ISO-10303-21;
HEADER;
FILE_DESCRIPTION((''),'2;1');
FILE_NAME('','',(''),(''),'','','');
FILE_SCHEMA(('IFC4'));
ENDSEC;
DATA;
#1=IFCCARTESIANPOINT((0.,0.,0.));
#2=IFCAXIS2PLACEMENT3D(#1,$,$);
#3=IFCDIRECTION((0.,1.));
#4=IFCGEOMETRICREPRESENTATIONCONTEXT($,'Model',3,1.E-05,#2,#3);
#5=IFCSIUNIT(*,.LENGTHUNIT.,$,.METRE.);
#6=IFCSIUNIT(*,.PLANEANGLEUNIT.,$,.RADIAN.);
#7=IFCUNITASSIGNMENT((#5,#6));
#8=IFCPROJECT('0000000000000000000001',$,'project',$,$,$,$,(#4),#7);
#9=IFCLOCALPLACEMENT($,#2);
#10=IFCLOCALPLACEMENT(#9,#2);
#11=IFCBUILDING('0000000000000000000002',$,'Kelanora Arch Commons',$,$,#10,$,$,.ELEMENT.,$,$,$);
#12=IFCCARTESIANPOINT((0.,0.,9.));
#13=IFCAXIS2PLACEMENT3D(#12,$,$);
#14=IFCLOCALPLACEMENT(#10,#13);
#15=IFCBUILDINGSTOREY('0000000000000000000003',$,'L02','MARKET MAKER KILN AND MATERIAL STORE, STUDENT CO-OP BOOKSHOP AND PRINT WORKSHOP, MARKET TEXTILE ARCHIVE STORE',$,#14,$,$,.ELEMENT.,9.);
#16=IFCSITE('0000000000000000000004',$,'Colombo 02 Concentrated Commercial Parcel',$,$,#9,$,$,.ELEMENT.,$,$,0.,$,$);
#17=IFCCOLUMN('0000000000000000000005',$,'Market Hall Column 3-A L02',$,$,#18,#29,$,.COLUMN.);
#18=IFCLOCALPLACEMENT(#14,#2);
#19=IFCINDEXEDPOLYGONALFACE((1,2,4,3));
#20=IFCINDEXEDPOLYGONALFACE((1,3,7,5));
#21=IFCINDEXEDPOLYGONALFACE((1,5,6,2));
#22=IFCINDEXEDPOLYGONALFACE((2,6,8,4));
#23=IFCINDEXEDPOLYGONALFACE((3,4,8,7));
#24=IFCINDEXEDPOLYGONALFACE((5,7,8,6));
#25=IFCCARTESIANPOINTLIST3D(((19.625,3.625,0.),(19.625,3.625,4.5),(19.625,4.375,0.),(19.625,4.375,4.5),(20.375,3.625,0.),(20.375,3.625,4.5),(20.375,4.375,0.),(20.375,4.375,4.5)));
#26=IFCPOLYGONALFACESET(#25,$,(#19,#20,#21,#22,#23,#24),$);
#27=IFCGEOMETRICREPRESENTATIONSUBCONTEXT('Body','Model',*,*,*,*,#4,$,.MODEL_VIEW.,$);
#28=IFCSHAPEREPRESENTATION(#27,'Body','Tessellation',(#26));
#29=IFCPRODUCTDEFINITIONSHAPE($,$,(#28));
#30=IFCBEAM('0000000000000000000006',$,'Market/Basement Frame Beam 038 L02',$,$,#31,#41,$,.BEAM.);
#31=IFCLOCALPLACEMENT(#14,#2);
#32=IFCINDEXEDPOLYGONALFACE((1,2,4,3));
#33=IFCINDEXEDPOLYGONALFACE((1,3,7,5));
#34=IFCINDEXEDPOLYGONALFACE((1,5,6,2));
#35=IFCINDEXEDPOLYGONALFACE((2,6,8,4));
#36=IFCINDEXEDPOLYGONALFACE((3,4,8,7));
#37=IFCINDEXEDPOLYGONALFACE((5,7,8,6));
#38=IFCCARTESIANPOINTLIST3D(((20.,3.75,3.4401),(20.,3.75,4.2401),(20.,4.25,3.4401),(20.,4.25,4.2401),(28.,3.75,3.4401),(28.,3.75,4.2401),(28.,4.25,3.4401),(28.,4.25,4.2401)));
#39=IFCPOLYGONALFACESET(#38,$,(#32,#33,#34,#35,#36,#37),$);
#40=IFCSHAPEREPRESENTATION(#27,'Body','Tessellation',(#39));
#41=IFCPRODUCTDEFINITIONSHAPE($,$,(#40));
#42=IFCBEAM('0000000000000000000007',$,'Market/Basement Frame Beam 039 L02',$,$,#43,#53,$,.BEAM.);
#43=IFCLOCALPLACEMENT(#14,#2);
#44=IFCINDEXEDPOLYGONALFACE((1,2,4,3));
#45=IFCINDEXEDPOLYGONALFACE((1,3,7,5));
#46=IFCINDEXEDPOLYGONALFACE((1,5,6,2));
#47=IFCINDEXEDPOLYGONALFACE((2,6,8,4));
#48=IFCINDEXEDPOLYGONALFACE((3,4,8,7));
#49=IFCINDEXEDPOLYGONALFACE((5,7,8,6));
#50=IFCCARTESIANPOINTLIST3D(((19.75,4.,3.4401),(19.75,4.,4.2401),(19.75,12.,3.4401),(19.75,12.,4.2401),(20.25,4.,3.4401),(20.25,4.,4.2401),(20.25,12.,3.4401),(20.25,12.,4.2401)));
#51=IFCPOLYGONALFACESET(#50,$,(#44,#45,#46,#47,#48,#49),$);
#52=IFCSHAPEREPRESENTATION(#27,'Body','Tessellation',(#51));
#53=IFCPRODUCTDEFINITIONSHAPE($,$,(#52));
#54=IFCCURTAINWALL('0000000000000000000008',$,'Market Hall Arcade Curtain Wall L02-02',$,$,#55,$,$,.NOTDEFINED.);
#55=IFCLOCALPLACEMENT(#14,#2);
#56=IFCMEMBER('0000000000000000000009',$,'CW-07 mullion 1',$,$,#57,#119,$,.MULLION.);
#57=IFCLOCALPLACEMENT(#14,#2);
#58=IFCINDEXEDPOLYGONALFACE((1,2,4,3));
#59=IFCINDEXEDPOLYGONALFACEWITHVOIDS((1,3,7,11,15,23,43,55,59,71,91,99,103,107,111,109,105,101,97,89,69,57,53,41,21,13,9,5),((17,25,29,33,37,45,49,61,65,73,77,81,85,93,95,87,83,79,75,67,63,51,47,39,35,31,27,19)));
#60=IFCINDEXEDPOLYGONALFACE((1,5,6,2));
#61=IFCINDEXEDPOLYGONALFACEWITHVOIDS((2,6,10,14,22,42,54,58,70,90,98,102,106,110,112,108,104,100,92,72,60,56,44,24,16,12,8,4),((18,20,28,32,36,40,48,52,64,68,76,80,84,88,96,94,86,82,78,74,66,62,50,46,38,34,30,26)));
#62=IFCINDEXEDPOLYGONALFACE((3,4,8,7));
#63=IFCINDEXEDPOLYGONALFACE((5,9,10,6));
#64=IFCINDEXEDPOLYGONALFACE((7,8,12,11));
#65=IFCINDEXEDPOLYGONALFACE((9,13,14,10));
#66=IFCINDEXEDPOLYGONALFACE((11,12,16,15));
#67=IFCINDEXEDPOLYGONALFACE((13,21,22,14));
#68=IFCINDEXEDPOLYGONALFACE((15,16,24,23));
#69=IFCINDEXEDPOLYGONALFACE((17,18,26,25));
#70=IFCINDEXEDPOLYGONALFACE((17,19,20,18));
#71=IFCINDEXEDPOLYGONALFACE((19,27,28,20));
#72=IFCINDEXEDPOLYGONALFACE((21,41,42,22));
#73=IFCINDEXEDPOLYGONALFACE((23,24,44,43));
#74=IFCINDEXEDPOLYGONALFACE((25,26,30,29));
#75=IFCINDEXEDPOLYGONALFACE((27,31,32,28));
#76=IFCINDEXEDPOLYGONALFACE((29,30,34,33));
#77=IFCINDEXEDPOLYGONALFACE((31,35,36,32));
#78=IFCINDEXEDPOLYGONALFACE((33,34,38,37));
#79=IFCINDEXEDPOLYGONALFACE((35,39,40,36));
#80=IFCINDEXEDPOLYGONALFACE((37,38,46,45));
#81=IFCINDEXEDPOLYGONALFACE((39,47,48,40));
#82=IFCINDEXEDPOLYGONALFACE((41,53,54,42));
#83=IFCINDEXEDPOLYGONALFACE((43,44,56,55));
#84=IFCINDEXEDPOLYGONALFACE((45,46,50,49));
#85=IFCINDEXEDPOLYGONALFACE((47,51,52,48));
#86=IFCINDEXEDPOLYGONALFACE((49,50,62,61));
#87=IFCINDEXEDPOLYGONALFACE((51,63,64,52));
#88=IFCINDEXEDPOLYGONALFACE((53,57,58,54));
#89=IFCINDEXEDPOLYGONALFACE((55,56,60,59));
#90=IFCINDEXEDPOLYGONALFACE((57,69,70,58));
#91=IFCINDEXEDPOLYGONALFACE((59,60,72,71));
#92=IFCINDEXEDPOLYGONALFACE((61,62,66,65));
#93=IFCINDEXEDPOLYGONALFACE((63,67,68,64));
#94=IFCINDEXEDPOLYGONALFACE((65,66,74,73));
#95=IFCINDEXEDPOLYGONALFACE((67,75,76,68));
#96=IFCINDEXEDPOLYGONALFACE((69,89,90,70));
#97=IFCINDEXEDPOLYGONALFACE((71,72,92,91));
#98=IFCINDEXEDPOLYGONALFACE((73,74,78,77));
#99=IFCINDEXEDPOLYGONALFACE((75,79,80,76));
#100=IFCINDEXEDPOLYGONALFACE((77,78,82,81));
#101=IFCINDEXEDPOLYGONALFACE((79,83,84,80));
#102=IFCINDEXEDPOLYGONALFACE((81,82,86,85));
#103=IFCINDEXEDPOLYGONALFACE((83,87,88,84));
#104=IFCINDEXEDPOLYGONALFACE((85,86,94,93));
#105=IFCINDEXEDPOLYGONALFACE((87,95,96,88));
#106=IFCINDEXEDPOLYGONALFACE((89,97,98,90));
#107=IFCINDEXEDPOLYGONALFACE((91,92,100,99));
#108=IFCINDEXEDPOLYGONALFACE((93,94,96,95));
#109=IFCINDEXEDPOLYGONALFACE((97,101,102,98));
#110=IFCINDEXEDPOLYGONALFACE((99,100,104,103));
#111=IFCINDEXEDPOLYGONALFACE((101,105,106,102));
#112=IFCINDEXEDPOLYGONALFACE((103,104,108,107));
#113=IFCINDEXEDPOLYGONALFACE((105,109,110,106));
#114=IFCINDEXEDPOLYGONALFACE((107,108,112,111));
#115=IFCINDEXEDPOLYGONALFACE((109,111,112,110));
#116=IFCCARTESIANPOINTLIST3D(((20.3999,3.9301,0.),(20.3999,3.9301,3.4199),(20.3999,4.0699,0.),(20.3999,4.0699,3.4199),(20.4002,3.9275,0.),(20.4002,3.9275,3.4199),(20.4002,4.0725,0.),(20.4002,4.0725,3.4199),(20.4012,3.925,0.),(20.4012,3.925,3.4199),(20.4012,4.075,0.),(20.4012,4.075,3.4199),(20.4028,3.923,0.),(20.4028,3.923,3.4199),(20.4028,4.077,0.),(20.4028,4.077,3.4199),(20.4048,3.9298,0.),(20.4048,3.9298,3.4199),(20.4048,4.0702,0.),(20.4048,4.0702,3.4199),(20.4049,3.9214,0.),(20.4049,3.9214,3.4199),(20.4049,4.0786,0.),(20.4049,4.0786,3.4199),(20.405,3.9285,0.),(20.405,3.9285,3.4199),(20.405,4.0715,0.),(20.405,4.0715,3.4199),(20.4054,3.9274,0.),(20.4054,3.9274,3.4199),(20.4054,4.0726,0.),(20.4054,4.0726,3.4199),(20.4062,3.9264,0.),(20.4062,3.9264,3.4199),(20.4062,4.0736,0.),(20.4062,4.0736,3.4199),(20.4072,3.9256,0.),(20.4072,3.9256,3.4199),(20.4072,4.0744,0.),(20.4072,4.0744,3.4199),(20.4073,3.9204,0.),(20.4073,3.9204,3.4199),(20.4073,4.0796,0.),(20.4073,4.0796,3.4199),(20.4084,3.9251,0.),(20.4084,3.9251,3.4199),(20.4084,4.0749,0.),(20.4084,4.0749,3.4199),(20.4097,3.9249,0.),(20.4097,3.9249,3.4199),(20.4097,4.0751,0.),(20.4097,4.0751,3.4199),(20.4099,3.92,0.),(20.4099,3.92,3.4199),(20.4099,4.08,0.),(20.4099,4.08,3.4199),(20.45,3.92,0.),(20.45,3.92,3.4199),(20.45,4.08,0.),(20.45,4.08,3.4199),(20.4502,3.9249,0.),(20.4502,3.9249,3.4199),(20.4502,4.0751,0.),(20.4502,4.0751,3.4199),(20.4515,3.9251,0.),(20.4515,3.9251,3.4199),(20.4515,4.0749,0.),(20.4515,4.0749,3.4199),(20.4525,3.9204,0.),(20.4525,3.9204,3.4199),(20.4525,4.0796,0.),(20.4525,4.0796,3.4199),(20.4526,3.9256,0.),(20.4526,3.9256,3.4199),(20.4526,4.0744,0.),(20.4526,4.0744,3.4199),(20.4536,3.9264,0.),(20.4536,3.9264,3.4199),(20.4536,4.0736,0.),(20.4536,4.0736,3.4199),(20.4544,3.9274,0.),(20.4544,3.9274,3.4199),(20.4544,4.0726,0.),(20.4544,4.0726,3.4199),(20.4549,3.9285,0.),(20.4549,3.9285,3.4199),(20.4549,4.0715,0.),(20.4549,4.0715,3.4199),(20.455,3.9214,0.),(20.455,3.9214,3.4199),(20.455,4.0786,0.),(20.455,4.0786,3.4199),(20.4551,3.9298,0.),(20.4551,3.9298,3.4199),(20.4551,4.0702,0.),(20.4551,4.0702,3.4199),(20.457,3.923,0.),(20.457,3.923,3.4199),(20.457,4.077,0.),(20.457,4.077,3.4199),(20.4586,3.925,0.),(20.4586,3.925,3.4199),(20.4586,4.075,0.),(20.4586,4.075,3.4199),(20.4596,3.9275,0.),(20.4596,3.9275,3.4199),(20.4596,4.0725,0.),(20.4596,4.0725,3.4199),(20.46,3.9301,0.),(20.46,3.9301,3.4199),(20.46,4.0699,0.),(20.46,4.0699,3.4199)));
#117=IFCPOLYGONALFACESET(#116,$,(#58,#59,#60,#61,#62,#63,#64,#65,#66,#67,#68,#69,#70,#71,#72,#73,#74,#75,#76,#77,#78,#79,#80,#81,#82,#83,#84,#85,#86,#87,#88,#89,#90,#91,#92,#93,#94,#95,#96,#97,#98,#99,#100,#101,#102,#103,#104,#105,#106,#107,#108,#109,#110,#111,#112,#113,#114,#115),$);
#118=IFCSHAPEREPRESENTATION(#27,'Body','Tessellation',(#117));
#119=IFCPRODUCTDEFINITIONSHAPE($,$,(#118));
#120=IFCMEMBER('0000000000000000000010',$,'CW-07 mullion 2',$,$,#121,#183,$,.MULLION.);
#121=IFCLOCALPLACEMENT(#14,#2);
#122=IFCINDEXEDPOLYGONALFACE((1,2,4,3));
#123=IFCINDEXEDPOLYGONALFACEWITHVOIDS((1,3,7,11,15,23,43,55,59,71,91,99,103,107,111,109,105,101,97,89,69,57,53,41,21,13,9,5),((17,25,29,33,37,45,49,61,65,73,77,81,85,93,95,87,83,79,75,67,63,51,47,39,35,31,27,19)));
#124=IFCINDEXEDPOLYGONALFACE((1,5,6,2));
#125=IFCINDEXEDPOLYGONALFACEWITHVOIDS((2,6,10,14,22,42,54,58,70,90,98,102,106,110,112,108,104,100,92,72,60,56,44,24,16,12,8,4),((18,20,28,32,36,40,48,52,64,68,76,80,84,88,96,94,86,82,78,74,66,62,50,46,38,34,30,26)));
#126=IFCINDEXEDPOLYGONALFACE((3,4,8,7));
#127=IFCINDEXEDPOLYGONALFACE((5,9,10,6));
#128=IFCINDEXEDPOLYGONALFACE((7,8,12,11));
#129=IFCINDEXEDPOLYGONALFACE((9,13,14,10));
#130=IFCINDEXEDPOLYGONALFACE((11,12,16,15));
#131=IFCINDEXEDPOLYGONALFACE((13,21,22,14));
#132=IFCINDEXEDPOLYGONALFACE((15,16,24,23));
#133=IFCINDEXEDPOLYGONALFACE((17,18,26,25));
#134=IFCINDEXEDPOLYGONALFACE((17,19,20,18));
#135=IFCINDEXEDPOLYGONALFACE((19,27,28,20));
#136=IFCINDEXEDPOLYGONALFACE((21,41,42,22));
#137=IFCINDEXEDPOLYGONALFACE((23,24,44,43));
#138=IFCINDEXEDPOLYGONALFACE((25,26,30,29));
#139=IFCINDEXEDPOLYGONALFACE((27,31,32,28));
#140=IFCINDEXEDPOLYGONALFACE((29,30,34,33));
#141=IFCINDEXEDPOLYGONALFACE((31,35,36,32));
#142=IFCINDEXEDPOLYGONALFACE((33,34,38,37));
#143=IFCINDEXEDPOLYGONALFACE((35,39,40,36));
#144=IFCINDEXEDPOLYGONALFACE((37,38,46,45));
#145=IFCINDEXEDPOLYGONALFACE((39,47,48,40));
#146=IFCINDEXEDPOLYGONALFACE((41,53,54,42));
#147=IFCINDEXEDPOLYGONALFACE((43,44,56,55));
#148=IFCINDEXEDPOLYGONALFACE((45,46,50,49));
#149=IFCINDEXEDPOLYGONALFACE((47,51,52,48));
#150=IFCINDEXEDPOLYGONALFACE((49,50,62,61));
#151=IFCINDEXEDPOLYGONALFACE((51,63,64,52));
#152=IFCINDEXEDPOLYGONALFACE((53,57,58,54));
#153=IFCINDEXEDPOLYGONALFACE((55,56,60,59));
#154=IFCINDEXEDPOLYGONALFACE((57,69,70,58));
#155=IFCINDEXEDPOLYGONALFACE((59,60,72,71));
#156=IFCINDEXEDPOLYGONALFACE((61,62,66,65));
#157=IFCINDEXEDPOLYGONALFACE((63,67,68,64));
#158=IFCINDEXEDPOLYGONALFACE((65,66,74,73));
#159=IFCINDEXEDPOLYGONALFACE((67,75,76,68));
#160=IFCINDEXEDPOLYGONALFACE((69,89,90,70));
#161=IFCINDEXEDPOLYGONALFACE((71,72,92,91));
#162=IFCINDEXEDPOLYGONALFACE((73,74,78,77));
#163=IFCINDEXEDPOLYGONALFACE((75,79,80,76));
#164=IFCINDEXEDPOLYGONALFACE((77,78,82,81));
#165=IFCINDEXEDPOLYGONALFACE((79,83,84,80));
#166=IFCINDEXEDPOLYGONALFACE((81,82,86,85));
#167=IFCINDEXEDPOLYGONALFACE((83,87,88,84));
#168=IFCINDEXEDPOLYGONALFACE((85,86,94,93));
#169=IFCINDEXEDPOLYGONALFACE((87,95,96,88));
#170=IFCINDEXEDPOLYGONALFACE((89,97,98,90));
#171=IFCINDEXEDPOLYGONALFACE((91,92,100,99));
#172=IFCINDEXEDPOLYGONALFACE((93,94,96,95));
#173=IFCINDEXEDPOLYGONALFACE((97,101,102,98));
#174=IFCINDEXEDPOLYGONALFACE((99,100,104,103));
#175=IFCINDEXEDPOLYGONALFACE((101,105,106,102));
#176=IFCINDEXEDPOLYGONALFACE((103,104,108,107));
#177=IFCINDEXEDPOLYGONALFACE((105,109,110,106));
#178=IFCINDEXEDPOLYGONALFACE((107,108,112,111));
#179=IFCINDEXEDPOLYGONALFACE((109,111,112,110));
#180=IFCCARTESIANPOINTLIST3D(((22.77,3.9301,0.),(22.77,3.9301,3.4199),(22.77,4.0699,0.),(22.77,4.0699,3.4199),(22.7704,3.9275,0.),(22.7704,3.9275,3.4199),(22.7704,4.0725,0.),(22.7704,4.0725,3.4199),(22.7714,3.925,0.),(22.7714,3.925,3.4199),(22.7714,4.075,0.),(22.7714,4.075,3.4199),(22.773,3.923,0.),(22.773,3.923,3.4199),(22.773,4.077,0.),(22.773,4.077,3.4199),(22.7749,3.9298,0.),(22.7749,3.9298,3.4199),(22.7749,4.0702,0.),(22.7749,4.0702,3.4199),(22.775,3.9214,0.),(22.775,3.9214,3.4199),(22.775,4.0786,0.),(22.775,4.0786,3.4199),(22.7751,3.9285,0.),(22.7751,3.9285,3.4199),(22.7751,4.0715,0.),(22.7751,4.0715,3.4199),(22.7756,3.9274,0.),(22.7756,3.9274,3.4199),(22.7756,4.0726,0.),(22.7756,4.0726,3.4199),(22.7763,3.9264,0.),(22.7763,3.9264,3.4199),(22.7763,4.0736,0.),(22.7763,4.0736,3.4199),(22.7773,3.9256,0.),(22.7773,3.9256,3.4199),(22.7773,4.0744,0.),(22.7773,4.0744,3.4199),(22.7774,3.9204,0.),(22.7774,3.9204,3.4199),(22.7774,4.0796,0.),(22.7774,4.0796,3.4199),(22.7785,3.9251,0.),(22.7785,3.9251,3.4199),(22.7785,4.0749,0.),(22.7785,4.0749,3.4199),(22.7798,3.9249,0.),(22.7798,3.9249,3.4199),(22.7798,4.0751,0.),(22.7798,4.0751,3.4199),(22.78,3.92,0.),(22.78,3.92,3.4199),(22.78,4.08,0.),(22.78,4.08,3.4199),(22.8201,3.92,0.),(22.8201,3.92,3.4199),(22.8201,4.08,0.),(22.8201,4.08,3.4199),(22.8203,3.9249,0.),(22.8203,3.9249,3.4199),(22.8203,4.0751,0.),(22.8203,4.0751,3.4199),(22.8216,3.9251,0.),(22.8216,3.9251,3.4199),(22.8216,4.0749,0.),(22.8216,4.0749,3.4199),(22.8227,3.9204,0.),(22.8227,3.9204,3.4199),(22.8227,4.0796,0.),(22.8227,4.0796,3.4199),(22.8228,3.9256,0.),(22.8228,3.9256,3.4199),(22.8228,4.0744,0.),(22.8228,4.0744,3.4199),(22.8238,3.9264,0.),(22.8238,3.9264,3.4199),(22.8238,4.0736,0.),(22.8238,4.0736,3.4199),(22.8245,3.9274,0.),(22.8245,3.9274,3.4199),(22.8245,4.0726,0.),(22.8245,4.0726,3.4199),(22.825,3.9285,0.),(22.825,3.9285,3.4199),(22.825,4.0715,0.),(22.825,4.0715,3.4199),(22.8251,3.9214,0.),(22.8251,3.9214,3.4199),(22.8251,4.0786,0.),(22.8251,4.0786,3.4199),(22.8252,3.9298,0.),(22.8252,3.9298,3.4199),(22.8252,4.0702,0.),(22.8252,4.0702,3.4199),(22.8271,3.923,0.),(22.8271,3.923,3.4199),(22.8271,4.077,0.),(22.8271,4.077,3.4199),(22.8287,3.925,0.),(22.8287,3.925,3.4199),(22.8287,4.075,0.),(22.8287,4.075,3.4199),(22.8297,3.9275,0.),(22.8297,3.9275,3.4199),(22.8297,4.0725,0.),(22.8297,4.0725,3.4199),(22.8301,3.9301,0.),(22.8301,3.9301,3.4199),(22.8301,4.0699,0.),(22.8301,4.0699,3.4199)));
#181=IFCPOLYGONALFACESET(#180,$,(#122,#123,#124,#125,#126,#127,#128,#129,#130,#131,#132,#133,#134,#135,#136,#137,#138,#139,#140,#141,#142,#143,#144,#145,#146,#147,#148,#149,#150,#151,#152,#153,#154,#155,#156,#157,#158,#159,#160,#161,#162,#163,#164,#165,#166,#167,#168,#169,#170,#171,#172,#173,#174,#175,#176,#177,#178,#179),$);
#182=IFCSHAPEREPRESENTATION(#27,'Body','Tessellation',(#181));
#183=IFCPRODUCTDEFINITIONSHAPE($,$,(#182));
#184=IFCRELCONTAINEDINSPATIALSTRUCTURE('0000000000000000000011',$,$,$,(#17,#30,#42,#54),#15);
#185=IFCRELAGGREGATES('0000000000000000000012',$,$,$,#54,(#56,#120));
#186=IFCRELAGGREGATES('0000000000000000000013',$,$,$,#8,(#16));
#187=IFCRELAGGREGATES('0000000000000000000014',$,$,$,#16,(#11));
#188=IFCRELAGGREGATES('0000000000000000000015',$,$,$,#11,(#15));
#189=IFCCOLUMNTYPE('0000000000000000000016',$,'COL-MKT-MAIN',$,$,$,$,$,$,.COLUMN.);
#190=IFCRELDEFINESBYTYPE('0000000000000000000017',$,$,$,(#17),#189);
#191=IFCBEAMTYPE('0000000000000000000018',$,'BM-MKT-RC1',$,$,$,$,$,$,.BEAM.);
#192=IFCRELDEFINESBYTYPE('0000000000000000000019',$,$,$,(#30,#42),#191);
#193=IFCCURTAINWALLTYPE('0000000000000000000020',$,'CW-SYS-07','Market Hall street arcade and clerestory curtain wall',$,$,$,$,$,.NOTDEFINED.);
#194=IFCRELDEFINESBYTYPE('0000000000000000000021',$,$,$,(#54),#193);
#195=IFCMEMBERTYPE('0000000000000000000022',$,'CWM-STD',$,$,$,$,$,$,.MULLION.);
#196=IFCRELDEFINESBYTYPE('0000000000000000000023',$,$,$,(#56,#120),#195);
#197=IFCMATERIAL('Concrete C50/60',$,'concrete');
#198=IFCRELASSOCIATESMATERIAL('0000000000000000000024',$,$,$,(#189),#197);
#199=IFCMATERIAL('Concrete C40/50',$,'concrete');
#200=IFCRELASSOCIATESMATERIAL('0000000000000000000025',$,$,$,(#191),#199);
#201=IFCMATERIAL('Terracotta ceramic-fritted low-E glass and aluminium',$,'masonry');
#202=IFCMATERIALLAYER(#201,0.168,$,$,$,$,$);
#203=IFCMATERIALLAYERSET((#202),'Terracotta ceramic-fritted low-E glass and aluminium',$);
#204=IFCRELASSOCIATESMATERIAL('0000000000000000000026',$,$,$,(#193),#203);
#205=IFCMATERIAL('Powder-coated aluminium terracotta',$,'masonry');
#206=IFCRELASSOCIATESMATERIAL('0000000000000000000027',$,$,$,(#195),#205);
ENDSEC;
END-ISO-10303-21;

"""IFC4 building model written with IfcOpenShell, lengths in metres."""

from ifc_helpers import new_model, si_unit, direction, frame, origin, origin_2d, place, context, subcontext, project, spatial, rectangle, hollow_rectangle, extrude, material, layer, layer_set, material_profile, profile_set, type_object, element, aggregate, save


model = new_model("IFC4")

# Units and contexts
model_context = context("Model", 3, precision=1e-05, world=origin(), true_north=direction((0.0, 1.0)))
body_context = subcontext(model_context, "Body", "Model", "MODEL_VIEW")
ifc_project = project(units=[si_unit("LENGTHUNIT", "METRE"), si_unit("PLANEANGLEUNIT", "RADIAN")], contexts=[model_context])

# Site, building, storey
site_placement = place(None, origin())
site = spatial("IfcSite", under=ifc_project, at=site_placement, Name="Colombo 02 Concentrated Commercial Parcel", CompositionType="ELEMENT", RefElevation=0.0)
building_placement = place(site_placement, origin())
building = spatial("IfcBuilding", under=site, at=building_placement, Name="Kelanora Arch Commons", CompositionType="ELEMENT")
storey_placement = place(building_placement, frame((0.0, 0.0, 9.0)))
storey = spatial("IfcBuildingStorey", under=building, at=storey_placement, Name="L02", Description="MARKET MAKER KILN AND MATERIAL STORE, STUDENT CO-OP BOOKSHOP AND PRINT WORKSHOP, MARKET TEXTILE ARCHIVE STORE", CompositionType="ELEMENT", Elevation=9.0)

# Column
ifc_material_1 = material(Name="Concrete C50/60", Category="concrete")
ifc_material_profile_1 = material_profile(ifc_material_1, rectangle(XDim=0.75, YDim=0.75, at=origin_2d()), Name="RC750x750")
ifc_profile_set_1 = profile_set([ifc_material_profile_1], Name="Concrete C50/60")
column_type = type_object("IfcColumnType", Name="COL-MKT-MAIN", PredefinedType="COLUMN", material=ifc_profile_set_1)
column_placement = place(storey_placement, frame((20.0, 4.0, 0.0), z_axis=(0.0, 0.0, 1.0), x_axis=(1.0, 0.0, 0.0)))
element("IfcColumn", 1, at=column_placement, inside=storey, type_object=column_type, Name="Market Hall Column 3-A L02", PredefinedType="COLUMN", context=body_context, shape_type="SweptSolid", body=[
    extrude(rectangle(XDim=0.75, YDim=0.75, at=origin_2d()), origin(), (0.0, 0.0, 1.0), 4.5),
])

# Beams
ifc_material_2 = material(Name="Concrete C40/50", Category="concrete")
ifc_material_profile_2 = material_profile(ifc_material_2, rectangle(XDim=0.5, YDim=0.8, at=origin_2d()), Name="RCB500x800")
ifc_profile_set_2 = profile_set([ifc_material_profile_2], Name="Concrete C40/50")
beam_type = type_object("IfcBeamType", Name="BM-MKT-RC1", PredefinedType="BEAM", material=ifc_profile_set_2)
for number, where, z_axis, x_axis, name in (
    (2, (20.0, 4.0, 3.8401), (1.0, 0.0, 0.0), (0.0, 1.0, 0.0), "Market/Basement Frame Beam 038 L02"),
    (3, (20.0, 4.0, 3.8401), (0.0, 1.0, 0.0), (-1.0, 0.0, 0.0), "Market/Basement Frame Beam 039 L02"),
):
    element("IfcBeam", number, at=place(storey_placement, frame(where, z_axis=z_axis, x_axis=x_axis)), inside=storey, type_object=beam_type, Name=name, PredefinedType="BEAM", context=body_context, shape_type="SweptSolid", body=[
        extrude(rectangle(XDim=0.5, YDim=0.8, at=origin_2d()), origin(), (0.0, 0.0, 1.0), 8.0),
    ])

# Curtain wall, members
ifc_material_3 = material(Name="Terracotta ceramic-fritted low-E glass and aluminium", Category="masonry")
ifc_layer_1 = layer(ifc_material_3, 0.168)
ifc_layer_set_1 = layer_set([ifc_layer_1], Name="Terracotta ceramic-fritted low-E glass and aluminium")
curtain_wall_type = type_object("IfcCurtainWallType", Name="CW-SYS-07", Description="Market Hall street arcade and clerestory curtain wall", PredefinedType="NOTDEFINED", material=ifc_layer_set_1)
curtain_wall_placement = place(storey_placement, origin())
curtain_wall = element("IfcCurtainWall", 4, at=curtain_wall_placement, inside=storey, type_object=curtain_wall_type, Name="Market Hall Arcade Curtain Wall L02-02", PredefinedType="NOTDEFINED")
ifc_material_4 = material(Name="Powder-coated aluminium terracotta", Category="masonry")
ifc_material_profile_3 = material_profile(ifc_material_4, hollow_rectangle(XDim=0.1599, YDim=0.0601, WallThickness=0.0049, InnerFilletRadius=0.0049, OuterFilletRadius=0.01, at=origin_2d()), Name="CWM160x60")
ifc_profile_set_3 = profile_set([ifc_material_profile_3], Name="Powder-coated aluminium terracotta")
member_type_1 = type_object("IfcMemberType", Name="CWM-STD", PredefinedType="MULLION", material=ifc_profile_set_3)
member_1_placement = place(storey_placement, frame((20.4299, 4.0, 0.0), z_axis=(0.0, 0.0, 1.0), x_axis=(0.0, 1.0, 0.0)))
member_1 = element("IfcMember", 5, at=member_1_placement, type_object=member_type_1, Name="CW-07 mullion 1", PredefinedType="MULLION", context=body_context, shape_type="SweptSolid", body=[
    extrude(hollow_rectangle(XDim=0.1599, YDim=0.0601, WallThickness=0.0049, InnerFilletRadius=0.0049, OuterFilletRadius=0.01, at=origin_2d()), origin(), (0.0, 0.0, 1.0), 3.4199),
])
member_2_placement = place(storey_placement, frame((22.8, 4.0, 0.0), z_axis=(0.0, 0.0, 1.0), x_axis=(0.0, 1.0, 0.0)))
member_2 = element("IfcMember", 6, at=member_2_placement, type_object=member_type_1, Name="CW-07 mullion 2", PredefinedType="MULLION", context=body_context, shape_type="SweptSolid", body=[
    extrude(hollow_rectangle(XDim=0.1599, YDim=0.0601, WallThickness=0.0049, InnerFilletRadius=0.0049, OuterFilletRadius=0.01, at=origin_2d()), origin(), (0.0, 0.0, 1.0), 3.4199),
])
aggregate(curtain_wall, [member_1, member_2])

save(model, "model.ifc")
